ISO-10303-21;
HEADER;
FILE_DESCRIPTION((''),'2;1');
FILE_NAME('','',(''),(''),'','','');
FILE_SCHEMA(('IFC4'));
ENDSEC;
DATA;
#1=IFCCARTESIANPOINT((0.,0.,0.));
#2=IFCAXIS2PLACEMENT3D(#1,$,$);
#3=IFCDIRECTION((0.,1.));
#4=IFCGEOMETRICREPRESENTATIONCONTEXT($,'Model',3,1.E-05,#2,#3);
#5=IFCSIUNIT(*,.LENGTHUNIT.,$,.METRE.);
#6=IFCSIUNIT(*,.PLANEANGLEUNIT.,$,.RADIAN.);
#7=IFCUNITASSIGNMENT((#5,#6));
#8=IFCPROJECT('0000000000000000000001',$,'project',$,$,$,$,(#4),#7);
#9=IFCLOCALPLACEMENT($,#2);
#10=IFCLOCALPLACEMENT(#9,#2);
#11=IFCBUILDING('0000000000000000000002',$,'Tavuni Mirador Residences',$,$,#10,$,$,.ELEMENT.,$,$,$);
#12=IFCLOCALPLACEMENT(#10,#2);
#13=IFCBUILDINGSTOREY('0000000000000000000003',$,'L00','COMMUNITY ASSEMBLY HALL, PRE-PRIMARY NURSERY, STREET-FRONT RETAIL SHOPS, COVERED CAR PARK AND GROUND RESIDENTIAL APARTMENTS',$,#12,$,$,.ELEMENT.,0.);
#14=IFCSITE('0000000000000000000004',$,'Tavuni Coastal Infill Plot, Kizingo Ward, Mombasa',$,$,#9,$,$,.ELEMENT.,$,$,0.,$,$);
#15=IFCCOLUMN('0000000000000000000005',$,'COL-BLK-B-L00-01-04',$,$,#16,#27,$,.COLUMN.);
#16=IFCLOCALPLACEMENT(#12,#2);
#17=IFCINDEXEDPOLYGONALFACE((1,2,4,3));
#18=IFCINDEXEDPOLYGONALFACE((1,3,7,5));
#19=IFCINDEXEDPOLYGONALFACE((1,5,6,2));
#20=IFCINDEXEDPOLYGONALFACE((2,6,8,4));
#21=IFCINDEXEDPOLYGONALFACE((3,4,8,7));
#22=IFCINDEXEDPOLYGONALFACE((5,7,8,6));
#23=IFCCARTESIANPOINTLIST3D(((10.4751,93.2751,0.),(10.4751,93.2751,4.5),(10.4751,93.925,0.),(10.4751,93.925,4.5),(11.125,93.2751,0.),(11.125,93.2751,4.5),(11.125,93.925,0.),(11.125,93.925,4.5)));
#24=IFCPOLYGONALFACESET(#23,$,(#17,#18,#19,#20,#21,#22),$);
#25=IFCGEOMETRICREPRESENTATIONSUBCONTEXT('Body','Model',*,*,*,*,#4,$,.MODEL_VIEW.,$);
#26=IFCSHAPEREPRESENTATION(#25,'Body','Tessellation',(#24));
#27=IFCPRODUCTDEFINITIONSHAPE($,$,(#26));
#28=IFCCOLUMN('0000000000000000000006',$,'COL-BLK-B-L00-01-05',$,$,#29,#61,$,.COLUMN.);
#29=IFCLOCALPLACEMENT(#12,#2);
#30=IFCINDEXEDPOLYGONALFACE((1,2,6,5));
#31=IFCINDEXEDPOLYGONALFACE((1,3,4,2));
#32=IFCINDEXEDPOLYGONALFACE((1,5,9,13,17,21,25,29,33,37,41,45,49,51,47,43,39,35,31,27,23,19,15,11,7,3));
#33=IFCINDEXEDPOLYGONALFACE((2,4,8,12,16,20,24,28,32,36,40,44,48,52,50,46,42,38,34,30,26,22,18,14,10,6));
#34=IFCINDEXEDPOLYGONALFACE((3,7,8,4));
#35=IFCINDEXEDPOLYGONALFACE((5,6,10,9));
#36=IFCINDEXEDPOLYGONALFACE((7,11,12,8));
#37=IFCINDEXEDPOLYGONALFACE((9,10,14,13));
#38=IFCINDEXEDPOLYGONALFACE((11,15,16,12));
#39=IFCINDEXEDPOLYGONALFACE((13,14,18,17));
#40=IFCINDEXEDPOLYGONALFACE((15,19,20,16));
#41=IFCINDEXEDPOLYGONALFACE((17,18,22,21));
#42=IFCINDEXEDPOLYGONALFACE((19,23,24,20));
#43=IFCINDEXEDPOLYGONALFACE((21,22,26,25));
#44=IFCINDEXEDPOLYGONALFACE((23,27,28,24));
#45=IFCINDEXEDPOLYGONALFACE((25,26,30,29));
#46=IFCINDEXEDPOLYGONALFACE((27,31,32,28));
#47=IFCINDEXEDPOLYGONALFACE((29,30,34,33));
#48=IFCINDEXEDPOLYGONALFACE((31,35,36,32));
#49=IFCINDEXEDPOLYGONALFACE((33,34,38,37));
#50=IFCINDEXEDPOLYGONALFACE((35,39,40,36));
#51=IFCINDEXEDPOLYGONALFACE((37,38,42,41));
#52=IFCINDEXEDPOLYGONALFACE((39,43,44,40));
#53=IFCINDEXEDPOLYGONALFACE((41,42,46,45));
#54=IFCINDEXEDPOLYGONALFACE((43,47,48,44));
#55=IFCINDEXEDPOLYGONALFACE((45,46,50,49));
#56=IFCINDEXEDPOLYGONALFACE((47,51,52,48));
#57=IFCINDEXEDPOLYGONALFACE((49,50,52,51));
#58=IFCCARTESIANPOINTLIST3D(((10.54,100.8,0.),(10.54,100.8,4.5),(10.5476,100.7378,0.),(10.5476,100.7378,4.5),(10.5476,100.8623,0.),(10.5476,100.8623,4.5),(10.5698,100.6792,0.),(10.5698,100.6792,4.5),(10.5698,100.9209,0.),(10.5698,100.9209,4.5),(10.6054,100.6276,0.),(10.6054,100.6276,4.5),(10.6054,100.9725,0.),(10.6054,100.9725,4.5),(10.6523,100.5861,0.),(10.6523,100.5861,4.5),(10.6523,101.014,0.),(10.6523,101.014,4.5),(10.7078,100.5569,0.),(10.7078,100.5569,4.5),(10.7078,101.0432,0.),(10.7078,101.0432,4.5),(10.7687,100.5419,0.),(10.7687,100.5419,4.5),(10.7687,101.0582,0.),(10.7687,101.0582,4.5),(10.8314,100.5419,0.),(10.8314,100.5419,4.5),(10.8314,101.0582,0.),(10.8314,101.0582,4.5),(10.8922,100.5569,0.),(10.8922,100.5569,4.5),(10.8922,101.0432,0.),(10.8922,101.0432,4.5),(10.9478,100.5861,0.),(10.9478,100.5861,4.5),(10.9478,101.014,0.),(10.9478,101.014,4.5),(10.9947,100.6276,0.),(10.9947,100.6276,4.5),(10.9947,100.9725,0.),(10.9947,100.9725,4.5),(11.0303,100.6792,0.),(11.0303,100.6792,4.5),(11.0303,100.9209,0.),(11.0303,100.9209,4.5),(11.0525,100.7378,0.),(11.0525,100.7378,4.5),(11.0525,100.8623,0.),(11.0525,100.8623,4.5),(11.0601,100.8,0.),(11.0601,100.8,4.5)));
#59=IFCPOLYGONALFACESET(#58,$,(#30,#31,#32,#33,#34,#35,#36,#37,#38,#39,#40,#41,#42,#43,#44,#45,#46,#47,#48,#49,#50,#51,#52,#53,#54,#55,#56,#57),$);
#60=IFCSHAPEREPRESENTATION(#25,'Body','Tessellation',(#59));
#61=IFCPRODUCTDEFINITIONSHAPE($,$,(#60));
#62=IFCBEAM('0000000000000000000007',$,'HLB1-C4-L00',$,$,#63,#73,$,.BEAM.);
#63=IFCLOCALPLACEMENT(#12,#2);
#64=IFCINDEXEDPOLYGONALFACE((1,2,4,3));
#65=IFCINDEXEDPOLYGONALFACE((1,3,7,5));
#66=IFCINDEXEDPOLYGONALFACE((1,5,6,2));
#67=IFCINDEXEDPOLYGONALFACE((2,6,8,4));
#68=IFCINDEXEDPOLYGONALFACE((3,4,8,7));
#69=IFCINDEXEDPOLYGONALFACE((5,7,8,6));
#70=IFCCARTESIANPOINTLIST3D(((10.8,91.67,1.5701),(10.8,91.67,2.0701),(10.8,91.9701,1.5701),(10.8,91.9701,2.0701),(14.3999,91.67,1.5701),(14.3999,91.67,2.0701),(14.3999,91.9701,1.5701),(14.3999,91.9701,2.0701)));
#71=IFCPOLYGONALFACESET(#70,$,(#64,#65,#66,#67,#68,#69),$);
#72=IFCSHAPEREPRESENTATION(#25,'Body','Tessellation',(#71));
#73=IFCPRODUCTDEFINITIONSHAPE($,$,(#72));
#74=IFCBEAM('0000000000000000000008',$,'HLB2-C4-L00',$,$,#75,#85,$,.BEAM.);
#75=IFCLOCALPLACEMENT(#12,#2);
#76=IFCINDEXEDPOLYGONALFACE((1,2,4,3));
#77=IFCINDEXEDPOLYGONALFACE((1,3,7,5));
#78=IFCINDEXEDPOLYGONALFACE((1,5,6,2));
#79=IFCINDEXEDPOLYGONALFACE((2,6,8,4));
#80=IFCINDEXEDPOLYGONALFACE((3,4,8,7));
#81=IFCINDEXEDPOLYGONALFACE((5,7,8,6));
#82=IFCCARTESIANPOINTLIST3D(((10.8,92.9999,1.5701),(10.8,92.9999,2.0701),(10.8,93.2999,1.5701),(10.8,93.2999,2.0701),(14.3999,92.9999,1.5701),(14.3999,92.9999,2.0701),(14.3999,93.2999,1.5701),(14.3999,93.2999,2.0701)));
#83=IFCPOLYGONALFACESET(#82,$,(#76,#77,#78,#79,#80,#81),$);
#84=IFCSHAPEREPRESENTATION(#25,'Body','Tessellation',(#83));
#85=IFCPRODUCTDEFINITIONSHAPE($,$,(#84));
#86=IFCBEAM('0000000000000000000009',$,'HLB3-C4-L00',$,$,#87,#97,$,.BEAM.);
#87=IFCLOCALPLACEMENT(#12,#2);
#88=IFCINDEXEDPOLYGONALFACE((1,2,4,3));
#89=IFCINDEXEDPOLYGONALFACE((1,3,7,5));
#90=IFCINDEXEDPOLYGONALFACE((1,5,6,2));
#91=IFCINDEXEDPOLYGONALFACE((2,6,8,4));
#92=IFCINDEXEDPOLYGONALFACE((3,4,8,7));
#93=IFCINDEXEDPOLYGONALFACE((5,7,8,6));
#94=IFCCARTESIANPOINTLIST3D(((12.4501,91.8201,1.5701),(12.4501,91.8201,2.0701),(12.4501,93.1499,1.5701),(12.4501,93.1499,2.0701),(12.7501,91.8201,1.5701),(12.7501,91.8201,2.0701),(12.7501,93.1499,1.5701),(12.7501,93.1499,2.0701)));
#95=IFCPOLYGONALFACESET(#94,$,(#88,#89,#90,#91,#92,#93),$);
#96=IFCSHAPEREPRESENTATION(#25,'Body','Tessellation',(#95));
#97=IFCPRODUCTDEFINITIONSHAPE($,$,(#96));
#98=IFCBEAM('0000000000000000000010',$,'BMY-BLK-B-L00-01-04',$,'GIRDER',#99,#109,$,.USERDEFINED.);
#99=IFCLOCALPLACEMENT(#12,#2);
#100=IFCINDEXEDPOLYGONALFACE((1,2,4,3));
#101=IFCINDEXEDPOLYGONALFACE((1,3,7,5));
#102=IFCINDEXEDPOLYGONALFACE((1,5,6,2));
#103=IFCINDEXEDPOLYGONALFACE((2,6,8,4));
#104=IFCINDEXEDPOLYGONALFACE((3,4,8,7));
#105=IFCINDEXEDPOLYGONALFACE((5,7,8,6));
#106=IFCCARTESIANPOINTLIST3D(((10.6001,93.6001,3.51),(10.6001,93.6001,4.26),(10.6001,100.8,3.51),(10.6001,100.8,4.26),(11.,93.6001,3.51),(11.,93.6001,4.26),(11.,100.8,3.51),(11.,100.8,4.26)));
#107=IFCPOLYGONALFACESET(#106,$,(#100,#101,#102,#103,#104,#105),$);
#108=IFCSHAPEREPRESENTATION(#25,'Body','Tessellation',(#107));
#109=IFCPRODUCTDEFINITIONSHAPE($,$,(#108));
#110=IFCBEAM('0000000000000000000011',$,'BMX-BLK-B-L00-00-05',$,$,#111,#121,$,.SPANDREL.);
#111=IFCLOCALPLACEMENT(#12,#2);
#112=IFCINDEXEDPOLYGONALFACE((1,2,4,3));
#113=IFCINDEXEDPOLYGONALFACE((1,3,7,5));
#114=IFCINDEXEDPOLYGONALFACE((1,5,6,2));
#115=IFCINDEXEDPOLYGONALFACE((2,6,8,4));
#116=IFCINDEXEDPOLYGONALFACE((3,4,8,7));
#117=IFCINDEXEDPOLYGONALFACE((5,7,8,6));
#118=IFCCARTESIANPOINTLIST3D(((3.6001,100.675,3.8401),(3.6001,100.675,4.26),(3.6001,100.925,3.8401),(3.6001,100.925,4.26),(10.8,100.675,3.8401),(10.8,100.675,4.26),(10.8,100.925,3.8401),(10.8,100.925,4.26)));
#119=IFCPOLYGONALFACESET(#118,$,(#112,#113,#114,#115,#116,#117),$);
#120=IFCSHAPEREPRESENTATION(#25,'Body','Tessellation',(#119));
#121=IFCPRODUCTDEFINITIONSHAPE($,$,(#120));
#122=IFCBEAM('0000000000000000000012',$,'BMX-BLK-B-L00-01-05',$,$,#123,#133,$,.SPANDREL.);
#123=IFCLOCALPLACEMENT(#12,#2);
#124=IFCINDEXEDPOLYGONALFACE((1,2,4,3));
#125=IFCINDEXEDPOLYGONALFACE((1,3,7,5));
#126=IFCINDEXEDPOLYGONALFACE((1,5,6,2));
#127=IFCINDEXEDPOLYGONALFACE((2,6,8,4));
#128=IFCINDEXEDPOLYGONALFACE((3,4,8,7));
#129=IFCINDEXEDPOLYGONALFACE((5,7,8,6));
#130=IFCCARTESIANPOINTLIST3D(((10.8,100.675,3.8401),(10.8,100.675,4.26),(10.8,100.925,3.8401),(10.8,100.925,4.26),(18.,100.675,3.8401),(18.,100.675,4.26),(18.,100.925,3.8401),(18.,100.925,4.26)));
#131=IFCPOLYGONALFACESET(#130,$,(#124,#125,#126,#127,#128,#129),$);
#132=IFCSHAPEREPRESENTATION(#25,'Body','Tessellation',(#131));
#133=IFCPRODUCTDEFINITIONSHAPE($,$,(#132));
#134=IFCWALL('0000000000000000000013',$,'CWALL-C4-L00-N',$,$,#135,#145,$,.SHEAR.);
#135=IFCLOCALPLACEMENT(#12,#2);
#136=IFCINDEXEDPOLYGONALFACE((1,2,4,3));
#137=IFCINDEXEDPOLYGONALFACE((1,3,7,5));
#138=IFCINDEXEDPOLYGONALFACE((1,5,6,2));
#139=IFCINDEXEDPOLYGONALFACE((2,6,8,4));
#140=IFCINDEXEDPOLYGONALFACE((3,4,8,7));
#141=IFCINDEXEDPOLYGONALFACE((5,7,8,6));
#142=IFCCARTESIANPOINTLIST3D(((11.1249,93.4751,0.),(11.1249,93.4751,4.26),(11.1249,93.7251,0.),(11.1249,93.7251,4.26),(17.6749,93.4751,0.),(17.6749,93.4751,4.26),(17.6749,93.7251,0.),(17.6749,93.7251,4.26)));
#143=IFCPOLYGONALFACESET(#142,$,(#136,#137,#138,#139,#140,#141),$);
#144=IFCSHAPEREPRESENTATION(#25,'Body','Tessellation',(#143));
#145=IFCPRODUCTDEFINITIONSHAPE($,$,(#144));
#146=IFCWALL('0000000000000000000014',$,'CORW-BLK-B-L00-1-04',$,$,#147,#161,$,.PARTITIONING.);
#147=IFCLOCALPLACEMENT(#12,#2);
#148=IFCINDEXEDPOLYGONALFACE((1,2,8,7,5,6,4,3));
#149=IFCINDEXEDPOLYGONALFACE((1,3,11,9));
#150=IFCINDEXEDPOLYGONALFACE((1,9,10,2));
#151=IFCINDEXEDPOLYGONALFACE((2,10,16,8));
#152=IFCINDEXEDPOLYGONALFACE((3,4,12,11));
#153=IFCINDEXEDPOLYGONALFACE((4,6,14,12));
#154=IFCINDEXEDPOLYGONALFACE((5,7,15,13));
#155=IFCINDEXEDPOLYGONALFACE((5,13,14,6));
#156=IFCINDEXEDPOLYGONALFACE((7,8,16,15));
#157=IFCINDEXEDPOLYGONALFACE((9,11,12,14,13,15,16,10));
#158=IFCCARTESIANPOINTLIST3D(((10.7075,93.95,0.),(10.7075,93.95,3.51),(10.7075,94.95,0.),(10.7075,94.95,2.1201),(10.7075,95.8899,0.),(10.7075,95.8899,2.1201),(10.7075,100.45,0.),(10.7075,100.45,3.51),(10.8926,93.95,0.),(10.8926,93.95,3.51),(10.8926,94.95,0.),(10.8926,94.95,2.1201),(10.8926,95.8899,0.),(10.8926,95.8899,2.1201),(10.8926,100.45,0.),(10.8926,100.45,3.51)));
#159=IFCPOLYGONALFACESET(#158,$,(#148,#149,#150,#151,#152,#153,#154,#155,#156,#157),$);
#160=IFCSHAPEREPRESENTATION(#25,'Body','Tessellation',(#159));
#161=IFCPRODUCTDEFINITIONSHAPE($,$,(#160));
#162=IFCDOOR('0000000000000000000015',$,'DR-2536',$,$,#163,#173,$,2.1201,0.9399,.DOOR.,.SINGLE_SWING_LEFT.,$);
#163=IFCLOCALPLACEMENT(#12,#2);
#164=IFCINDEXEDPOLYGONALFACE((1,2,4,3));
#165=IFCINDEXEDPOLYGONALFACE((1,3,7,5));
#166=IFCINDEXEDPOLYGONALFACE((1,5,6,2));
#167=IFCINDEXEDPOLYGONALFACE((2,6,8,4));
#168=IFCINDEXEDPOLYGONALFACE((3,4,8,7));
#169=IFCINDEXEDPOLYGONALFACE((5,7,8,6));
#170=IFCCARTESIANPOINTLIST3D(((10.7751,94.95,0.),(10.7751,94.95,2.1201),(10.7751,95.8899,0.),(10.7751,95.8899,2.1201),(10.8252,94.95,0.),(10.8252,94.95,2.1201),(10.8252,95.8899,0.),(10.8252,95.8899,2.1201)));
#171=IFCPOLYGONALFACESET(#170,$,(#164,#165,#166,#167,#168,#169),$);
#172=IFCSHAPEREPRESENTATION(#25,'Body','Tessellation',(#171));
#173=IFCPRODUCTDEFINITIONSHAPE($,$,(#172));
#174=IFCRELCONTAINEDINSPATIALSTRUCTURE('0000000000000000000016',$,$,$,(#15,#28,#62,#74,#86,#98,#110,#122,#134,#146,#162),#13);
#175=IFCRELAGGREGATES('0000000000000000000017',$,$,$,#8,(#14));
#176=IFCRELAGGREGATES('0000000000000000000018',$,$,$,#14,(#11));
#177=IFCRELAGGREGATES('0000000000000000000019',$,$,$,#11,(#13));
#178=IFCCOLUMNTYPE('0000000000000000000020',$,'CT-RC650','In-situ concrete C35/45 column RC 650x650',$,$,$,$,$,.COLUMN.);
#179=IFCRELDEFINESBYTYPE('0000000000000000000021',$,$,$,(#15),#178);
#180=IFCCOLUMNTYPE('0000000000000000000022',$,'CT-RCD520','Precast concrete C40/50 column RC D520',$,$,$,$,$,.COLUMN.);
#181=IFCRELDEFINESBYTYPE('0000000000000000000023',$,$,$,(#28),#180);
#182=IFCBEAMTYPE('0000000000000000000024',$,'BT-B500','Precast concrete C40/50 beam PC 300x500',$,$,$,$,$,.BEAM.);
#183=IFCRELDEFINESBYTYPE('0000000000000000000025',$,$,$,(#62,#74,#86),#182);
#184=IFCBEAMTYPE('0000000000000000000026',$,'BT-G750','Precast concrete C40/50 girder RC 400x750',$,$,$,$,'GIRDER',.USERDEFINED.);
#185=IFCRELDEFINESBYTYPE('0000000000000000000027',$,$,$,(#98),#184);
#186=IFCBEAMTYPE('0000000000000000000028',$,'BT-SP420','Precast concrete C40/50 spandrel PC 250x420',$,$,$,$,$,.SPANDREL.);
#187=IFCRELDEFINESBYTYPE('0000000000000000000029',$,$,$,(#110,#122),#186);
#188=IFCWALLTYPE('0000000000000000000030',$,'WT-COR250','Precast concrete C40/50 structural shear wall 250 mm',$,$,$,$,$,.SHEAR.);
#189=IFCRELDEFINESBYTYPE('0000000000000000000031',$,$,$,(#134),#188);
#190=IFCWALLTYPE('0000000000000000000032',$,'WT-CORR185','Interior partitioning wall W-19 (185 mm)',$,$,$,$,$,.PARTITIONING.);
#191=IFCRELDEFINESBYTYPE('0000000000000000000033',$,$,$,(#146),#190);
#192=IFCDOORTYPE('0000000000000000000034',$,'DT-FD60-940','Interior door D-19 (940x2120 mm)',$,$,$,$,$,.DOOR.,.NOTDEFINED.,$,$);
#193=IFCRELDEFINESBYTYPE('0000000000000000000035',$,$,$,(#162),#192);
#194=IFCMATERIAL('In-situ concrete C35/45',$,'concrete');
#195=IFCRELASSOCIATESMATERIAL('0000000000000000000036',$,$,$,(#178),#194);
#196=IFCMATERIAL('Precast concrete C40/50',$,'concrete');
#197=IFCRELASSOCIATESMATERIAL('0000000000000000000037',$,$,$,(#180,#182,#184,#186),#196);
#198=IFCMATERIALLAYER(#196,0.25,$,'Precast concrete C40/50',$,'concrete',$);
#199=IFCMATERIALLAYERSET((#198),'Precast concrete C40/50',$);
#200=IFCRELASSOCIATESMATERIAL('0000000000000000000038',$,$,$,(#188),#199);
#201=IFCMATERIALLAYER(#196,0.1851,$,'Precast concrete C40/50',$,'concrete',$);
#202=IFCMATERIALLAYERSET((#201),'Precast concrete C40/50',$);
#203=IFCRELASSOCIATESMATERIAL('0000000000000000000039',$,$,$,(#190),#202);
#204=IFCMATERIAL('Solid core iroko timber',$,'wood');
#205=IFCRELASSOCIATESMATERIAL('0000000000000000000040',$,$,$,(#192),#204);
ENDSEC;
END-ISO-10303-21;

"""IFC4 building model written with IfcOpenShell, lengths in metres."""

from ifc_helpers import new_model, si_unit, direction, frame, frame_2d, origin, origin_2d, place, context, subcontext, project, spatial, rectangle, circle, extrude, material, layer, layer_set, material_profile, profile_set, type_object, element, fill, save


model = new_model("IFC4")

# Units and contexts
model_context = context("Model", 3, precision=1e-05, world=origin(), true_north=direction((0.0, 1.0)))
body_context = subcontext(model_context, "Body", "Model", "MODEL_VIEW")
ifc_project = project(units=[si_unit("LENGTHUNIT", "METRE"), si_unit("PLANEANGLEUNIT", "RADIAN")], contexts=[model_context])

# Site, building, storey
site_placement = place(None, origin())
site = spatial("IfcSite", under=ifc_project, at=site_placement, Name="Tavuni Coastal Infill Plot, Kizingo Ward, Mombasa", CompositionType="ELEMENT", RefElevation=0.0)
building_placement = place(site_placement, origin())
building = spatial("IfcBuilding", under=site, at=building_placement, Name="Tavuni Mirador Residences", CompositionType="ELEMENT")
storey_placement = place(building_placement, origin())
storey = spatial("IfcBuildingStorey", under=building, at=storey_placement, Name="L00", Description="COMMUNITY ASSEMBLY HALL, PRE-PRIMARY NURSERY, STREET-FRONT RETAIL SHOPS, COVERED CAR PARK AND GROUND RESIDENTIAL APARTMENTS", CompositionType="ELEMENT", Elevation=0.0)

# Columns
ifc_material_1 = material(Name="In-situ concrete C35/45", Category="concrete")
ifc_material_profile_1 = material_profile(ifc_material_1, rectangle(XDim=0.6499, YDim=0.6499, at=origin_2d()), Name="RC 650x650", Category="concrete")
ifc_profile_set_1 = profile_set([ifc_material_profile_1], Name="In-situ concrete C35/45")
column_type_1 = type_object("IfcColumnType", Name="CT-RC650", Description="In-situ concrete C35/45 column RC 650x650", PredefinedType="COLUMN", material=ifc_profile_set_1)
column_1_placement = place(storey_placement, frame((10.8, 93.6001, 0.0), z_axis=(0.0, 0.0, 1.0), x_axis=(1.0, 0.0, 0.0)))
element("IfcColumn", 1, at=column_1_placement, inside=storey, type_object=column_type_1, Name="COL-BLK-B-L00-01-04", PredefinedType="COLUMN", context=body_context, shape_type="SweptSolid", body=[
    extrude(rectangle(XDim=0.6499, YDim=0.6499, at=origin_2d()), origin(), (0.0, 0.0, 1.0), 4.5),
])
ifc_material_2 = material(Name="Precast concrete C40/50", Category="concrete")
ifc_material_profile_2 = material_profile(ifc_material_2, circle(Radius=0.26, at=origin_2d()), Name="RC D520", Category="concrete")
ifc_profile_set_2 = profile_set([ifc_material_profile_2], Name="Precast concrete C40/50")
column_type_2 = type_object("IfcColumnType", Name="CT-RCD520", Description="Precast concrete C40/50 column RC D520", PredefinedType="COLUMN", material=ifc_profile_set_2)
column_2_placement = place(storey_placement, frame((10.8, 100.8, 0.0), z_axis=(0.0, 0.0, 1.0), x_axis=(1.0, 0.0, 0.0)))
element("IfcColumn", 2, at=column_2_placement, inside=storey, type_object=column_type_2, Name="COL-BLK-B-L00-01-05", PredefinedType="COLUMN", context=body_context, shape_type="SweptSolid", body=[
    extrude(circle(Radius=0.26, at=origin_2d()), origin(), (0.0, 0.0, 1.0), 4.5),
])

# Beams
ifc_material_profile_3 = material_profile(ifc_material_2, rectangle(XDim=0.3, YDim=0.5, at=origin_2d()), Name="PC 300x500", Category="concrete")
ifc_profile_set_3 = profile_set([ifc_material_profile_3], Name="Precast concrete C40/50")
beam_type_1 = type_object("IfcBeamType", Name="BT-B500", Description="Precast concrete C40/50 beam PC 300x500", PredefinedType="BEAM", material=ifc_profile_set_3)
for number, where, z_axis, x_axis, name in (
    (3, (10.8, 91.8201, 1.8201), (1.0, 0.0, 0.0), (0.0, 1.0, 0.0), "HLB1-C4-L00"),
    (4, (10.8, 93.1499, 1.8201), (1.0, 0.0, 0.0), (0.0, 1.0, 0.0), "HLB2-C4-L00"),
):
    element("IfcBeam", number, at=place(storey_placement, frame(where, z_axis=z_axis, x_axis=x_axis)), inside=storey, type_object=beam_type_1, Name=name, PredefinedType="BEAM", context=body_context, shape_type="SweptSolid", body=[
        extrude(rectangle(XDim=0.3, YDim=0.5, at=origin_2d()), origin(), (0.0, 0.0, 1.0), 3.5999),
    ])
beam_1_placement = place(storey_placement, frame((12.6001, 91.8201, 1.8201), z_axis=(0.0, 1.0, 0.0), x_axis=(-1.0, 0.0, 0.0)))
element("IfcBeam", 5, at=beam_1_placement, inside=storey, type_object=beam_type_1, Name="HLB3-C4-L00", PredefinedType="BEAM", context=body_context, shape_type="SweptSolid", body=[
    extrude(rectangle(XDim=0.3, YDim=0.5, at=origin_2d()), origin(), (0.0, 0.0, 1.0), 1.3298),
])
ifc_material_profile_4 = material_profile(ifc_material_2, rectangle(XDim=0.3999, YDim=0.75, at=origin_2d()), Name="RC 400x750", Category="concrete")
ifc_profile_set_4 = profile_set([ifc_material_profile_4], Name="Precast concrete C40/50")
beam_type_2 = type_object("IfcBeamType", Name="BT-G750", Description="Precast concrete C40/50 girder RC 400x750", ElementType="GIRDER", PredefinedType="USERDEFINED", material=ifc_profile_set_4)
beam_2_placement = place(storey_placement, frame((10.8, 93.6001, 3.885), z_axis=(0.0, 1.0, 0.0), x_axis=(-1.0, 0.0, 0.0)))
element("IfcBeam", 6, at=beam_2_placement, inside=storey, type_object=beam_type_2, Name="BMY-BLK-B-L00-01-04", ObjectType="GIRDER", PredefinedType="USERDEFINED", context=body_context, shape_type="SweptSolid", body=[
    extrude(rectangle(XDim=0.3999, YDim=0.75, at=origin_2d()), origin(), (0.0, 0.0, 1.0), 7.2),
])
ifc_material_profile_5 = material_profile(ifc_material_2, rectangle(XDim=0.25, YDim=0.4199, at=origin_2d()), Name="PC 250x420", Category="concrete")
ifc_profile_set_5 = profile_set([ifc_material_profile_5], Name="Precast concrete C40/50")
beam_type_3 = type_object("IfcBeamType", Name="BT-SP420", Description="Precast concrete C40/50 spandrel PC 250x420", PredefinedType="SPANDREL", material=ifc_profile_set_5)
for number, where, z_axis, x_axis, name in (
    (7, (3.6001, 100.8, 4.05), (1.0, 0.0, 0.0), (0.0, 1.0, 0.0), "BMX-BLK-B-L00-00-05"),
    (8, (10.8, 100.8, 4.05), (1.0, 0.0, 0.0), (0.0, 1.0, 0.0), "BMX-BLK-B-L00-01-05"),
):
    element("IfcBeam", number, at=place(storey_placement, frame(where, z_axis=z_axis, x_axis=x_axis)), inside=storey, type_object=beam_type_3, Name=name, PredefinedType="SPANDREL", context=body_context, shape_type="SweptSolid", body=[
        extrude(rectangle(XDim=0.25, YDim=0.4199, at=origin_2d()), origin(), (0.0, 0.0, 1.0), 7.2),
    ])

# Wall
ifc_layer_1 = layer(ifc_material_2, 0.25, Name="Precast concrete C40/50", Category="concrete")
ifc_layer_set_1 = layer_set([ifc_layer_1], Name="Precast concrete C40/50")
wall_type_1 = type_object("IfcWallType", Name="WT-COR250", Description="Precast concrete C40/50 structural shear wall 250 mm", PredefinedType="SHEAR", material=ifc_layer_set_1)
wall_1_placement = place(storey_placement, frame((11.125, 93.6001, 0.0), z_axis=(0.0, 0.0, 1.0), x_axis=(1.0, 0.0, 0.0)))
element("IfcWall", 9, at=wall_1_placement, inside=storey, type_object=wall_type_1, Name="CWALL-C4-L00-N", PredefinedType="SHEAR", context=body_context, shape_type="SweptSolid", body=[
    extrude(rectangle(XDim=6.55, YDim=0.25, at=frame_2d((3.2749, 0.0))), origin(), (0.0, 0.0, 1.0), 4.26),
])

# Wall, opening, door
ifc_layer_2 = layer(ifc_material_2, 0.1851, Name="Precast concrete C40/50", Category="concrete")
ifc_layer_set_2 = layer_set([ifc_layer_2], Name="Precast concrete C40/50")
wall_type_2 = type_object("IfcWallType", Name="WT-CORR185", Description="Interior partitioning wall W-19 (185 mm)", PredefinedType="PARTITIONING", material=ifc_layer_set_2)
wall_2_placement = place(storey_placement, frame((10.8, 93.95, 0.0), z_axis=(0.0, 0.0, 1.0), x_axis=(0.0, 1.0, 0.0)))
wall_2 = element("IfcWall", 10, at=wall_2_placement, inside=storey, type_object=wall_type_2, Name="CORW-BLK-B-L00-1-04", PredefinedType="PARTITIONING", context=body_context, shape_type="SweptSolid", body=[
    extrude(rectangle(XDim=6.5, YDim=0.1851, at=frame_2d((3.25, 0.0))), origin(), (0.0, 0.0, 1.0), 3.51),
])
opening_1_placement = place(wall_2_placement, frame((1.0, 0.0, 0.0)))
opening_1 = element("IfcOpeningElement", 11, at=opening_1_placement, cuts=wall_2, PredefinedType="OPENING", context=body_context, shape_type="SweptSolid", body=[
    extrude(rectangle(XDim=0.9399, YDim=2.1201, at=frame_2d((0.47, 1.0601))), frame((0.0, 0.1025, 0.0), z_axis=(0.0, -1.0, 0.0), x_axis=(1.0, 0.0, 0.0)), (0.0, 0.0, 1.0), 0.2051),
])
ifc_material_3 = material(Name="Solid core iroko timber", Category="wood")
door_type_1 = type_object("IfcDoorType", Name="DT-FD60-940", Description="Interior door D-19 (940x2120 mm)", OperationType="NOTDEFINED", PredefinedType="DOOR", material=ifc_material_3)
door_1_placement = place(opening_1_placement, origin())
door_1 = element("IfcDoor", 12, at=door_1_placement, inside=storey, type_object=door_type_1, Name="DR-2536", OperationType="SINGLE_SWING_LEFT", OverallHeight=2.1201, OverallWidth=0.9399, PredefinedType="DOOR", context=body_context, shape_type="SweptSolid", body=[
    extrude(rectangle(XDim=0.9399, YDim=2.1201, at=frame_2d((0.47, 1.0601))), frame((0.0, 0.0249, 0.0), z_axis=(0.0, -1.0, 0.0), x_axis=(1.0, 0.0, 0.0)), (0.0, 0.0, 1.0), 0.05),
])
fill(opening_1, door_1)

save(model, "model.ifc")
